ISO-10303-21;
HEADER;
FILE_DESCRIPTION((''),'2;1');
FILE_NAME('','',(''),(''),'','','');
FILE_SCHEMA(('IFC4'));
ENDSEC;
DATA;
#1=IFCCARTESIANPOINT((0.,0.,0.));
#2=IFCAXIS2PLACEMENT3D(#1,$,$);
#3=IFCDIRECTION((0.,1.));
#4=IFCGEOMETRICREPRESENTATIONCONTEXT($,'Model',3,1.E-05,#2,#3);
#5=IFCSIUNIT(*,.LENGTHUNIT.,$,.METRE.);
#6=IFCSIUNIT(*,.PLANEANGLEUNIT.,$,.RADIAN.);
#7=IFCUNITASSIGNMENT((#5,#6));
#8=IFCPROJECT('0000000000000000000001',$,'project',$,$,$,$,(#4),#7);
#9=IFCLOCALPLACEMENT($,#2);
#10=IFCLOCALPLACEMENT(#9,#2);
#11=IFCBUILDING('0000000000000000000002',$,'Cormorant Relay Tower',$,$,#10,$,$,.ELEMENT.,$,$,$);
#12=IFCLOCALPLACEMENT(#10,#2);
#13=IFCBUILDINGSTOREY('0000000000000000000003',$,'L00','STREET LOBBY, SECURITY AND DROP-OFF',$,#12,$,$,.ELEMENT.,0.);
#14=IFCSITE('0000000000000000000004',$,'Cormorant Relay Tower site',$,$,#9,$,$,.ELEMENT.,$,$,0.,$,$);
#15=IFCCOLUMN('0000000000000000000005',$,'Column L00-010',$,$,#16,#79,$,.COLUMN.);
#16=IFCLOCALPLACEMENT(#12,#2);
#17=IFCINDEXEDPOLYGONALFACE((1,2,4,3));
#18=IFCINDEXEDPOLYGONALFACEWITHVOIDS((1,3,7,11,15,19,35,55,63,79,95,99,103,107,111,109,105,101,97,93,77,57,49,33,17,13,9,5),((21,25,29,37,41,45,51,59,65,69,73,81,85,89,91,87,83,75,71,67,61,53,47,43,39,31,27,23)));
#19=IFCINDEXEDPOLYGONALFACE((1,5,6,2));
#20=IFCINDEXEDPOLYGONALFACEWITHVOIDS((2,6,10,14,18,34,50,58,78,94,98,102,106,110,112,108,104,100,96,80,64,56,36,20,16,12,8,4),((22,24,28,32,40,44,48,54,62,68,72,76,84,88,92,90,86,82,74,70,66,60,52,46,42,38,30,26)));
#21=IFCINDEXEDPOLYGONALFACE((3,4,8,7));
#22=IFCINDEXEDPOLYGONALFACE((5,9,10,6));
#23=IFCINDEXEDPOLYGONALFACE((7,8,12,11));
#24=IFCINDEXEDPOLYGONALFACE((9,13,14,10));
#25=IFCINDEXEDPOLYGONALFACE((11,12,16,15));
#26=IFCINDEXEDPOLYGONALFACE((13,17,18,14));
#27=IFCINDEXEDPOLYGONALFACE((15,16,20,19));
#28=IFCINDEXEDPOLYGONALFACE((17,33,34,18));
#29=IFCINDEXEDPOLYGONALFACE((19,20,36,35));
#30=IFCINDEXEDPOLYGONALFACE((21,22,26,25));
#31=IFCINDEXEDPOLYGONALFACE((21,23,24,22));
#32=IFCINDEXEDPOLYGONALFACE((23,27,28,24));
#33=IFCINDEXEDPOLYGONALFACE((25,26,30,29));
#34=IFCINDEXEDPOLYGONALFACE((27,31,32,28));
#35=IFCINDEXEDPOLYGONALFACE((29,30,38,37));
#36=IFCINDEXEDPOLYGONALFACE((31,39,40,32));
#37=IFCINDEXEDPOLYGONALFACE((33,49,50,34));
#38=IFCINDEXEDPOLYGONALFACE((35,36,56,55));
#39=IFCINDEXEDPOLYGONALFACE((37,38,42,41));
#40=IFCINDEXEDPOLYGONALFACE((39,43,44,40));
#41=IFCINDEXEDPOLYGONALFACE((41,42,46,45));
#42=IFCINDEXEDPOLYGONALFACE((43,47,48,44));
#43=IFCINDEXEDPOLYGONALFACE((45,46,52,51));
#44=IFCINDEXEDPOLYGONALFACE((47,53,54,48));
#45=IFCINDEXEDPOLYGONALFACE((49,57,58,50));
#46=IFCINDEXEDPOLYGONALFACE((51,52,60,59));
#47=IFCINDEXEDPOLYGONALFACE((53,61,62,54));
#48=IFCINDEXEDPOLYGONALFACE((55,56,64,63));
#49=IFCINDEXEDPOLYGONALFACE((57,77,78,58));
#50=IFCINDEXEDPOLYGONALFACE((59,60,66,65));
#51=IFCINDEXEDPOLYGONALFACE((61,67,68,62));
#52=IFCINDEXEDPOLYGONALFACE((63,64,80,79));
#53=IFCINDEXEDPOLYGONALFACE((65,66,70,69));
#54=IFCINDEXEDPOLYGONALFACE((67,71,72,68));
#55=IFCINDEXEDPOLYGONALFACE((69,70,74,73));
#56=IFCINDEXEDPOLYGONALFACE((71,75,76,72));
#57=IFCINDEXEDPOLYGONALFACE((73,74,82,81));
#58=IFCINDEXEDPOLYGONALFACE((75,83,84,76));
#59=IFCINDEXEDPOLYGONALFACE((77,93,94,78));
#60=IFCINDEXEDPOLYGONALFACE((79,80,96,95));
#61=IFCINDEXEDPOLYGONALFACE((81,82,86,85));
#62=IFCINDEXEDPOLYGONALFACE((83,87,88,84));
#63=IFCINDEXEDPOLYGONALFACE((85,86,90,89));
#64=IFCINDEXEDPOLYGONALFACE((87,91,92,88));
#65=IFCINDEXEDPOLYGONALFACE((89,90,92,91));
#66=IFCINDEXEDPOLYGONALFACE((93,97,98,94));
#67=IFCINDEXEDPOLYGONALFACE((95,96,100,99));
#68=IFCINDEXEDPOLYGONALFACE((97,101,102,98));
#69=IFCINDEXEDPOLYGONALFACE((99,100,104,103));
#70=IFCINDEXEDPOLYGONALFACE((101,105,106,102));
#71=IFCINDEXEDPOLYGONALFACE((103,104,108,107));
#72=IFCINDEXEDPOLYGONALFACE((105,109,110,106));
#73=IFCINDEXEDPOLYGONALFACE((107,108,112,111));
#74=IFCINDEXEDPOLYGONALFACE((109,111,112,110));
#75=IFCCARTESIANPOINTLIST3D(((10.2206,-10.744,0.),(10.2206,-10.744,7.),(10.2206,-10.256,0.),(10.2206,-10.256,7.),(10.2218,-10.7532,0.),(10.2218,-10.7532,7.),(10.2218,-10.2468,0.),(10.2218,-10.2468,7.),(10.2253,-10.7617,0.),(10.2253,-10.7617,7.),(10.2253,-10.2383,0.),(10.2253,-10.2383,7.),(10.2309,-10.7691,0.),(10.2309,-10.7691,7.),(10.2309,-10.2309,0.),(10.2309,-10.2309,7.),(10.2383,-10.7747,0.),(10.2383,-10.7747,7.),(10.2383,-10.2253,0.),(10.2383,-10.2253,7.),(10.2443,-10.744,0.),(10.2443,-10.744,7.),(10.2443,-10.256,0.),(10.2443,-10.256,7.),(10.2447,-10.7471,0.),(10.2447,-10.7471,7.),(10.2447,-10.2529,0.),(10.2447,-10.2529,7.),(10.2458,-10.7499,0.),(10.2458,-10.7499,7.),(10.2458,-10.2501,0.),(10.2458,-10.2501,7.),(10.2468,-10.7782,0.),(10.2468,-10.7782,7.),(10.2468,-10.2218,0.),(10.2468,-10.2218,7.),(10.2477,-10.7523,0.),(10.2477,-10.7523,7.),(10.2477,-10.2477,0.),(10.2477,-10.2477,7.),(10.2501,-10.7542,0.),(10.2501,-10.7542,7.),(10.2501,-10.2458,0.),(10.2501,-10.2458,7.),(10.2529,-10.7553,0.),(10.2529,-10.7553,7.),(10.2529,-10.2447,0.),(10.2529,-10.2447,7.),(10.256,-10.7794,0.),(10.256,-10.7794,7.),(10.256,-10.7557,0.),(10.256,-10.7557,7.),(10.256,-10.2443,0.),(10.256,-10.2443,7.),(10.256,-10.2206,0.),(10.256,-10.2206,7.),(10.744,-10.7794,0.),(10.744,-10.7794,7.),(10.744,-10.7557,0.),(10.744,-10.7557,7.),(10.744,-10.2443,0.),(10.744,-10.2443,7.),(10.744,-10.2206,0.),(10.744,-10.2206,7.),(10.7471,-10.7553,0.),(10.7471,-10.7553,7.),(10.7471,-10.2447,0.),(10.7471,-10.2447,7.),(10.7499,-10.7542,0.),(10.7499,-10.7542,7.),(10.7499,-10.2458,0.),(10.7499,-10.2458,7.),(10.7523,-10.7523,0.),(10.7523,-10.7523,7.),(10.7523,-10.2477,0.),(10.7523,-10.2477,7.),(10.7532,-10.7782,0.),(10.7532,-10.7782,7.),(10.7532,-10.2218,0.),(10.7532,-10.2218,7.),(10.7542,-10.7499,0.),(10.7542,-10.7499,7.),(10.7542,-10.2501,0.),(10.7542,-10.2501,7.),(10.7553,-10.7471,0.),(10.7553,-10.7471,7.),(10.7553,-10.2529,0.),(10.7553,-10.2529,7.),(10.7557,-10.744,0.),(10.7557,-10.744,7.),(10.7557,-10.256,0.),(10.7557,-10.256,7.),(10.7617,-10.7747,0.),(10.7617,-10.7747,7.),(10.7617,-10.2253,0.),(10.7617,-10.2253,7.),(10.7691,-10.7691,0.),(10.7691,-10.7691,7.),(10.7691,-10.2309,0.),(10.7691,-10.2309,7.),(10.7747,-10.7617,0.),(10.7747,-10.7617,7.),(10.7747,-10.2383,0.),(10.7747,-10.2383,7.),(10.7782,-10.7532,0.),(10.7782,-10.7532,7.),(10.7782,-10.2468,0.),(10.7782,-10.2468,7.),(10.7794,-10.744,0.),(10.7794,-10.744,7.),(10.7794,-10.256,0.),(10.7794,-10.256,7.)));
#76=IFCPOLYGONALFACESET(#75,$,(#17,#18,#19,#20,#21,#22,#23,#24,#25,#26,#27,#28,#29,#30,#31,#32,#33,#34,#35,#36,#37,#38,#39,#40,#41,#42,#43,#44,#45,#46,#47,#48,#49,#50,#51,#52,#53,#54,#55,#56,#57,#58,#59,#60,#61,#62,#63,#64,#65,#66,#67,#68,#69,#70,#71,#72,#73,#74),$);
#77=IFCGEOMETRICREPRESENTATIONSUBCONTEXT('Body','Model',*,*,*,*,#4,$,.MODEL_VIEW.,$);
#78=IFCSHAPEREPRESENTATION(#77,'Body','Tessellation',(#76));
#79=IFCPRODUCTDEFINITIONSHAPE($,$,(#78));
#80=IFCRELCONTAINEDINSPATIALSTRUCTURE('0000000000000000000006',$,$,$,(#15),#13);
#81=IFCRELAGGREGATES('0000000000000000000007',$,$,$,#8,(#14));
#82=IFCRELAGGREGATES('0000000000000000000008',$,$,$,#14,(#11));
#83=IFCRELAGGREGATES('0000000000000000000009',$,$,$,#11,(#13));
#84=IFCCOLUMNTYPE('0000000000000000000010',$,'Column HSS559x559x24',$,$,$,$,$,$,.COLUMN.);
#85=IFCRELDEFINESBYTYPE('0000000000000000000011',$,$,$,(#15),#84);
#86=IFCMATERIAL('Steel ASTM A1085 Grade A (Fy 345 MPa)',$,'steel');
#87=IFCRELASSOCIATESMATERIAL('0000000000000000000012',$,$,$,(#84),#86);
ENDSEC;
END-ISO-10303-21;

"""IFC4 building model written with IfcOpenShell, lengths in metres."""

from ifc_helpers import new_model, si_unit, direction, frame, origin, origin_2d, place, context, subcontext, project, spatial, hollow_rectangle, extrude, material, material_profile, profile_set, type_object, element, save


model = new_model("IFC4")

# Units and contexts
model_context = context("Model", 3, precision=1e-05, world=origin(), true_north=direction((0.0, 1.0)))
body_context = subcontext(model_context, "Body", "Model", "MODEL_VIEW")
ifc_project = project(units=[si_unit("LENGTHUNIT", "METRE"), si_unit("PLANEANGLEUNIT", "RADIAN")], contexts=[model_context])

# Site, building, storey
site_placement = place(None, origin())
site = spatial("IfcSite", under=ifc_project, at=site_placement, Name="Cormorant Relay Tower site", CompositionType="ELEMENT", RefElevation=0.0)
building_placement = place(site_placement, origin())
building = spatial("IfcBuilding", under=site, at=building_placement, Name="Cormorant Relay Tower", CompositionType="ELEMENT")
storey_placement = place(building_placement, origin())
storey = spatial("IfcBuildingStorey", under=building, at=storey_placement, Name="L00", Description="STREET LOBBY, SECURITY AND DROP-OFF", CompositionType="ELEMENT", Elevation=0.0)

# Column
ifc_material_1 = material(Name="Steel ASTM A1085 Grade A (Fy 345 MPa)", Category="steel")
ifc_material_profile = material_profile(ifc_material_1, hollow_rectangle(XDim=0.5588, YDim=0.5588, WallThickness=0.0237, InnerFilletRadius=0.0117, OuterFilletRadius=0.0354, at=origin_2d()), Name="HSS559x559x24")
ifc_profile_set = profile_set([ifc_material_profile], Name="Steel ASTM A1085 Grade A (Fy 345 MPa)")
column_type = type_object("IfcColumnType", Name="Column HSS559x559x24", PredefinedType="COLUMN", material=ifc_profile_set)
column_placement = place(storey_placement, frame((10.5, -10.5, 0.0), z_axis=(0.0, 0.0, 1.0), x_axis=(1.0, 0.0, 0.0)))
element("IfcColumn", 1, at=column_placement, inside=storey, type_object=column_type, Name="Column L00-010", PredefinedType="COLUMN", context=body_context, shape_type="SweptSolid", body=[
    extrude(hollow_rectangle(XDim=0.5588, YDim=0.5588, WallThickness=0.0237, InnerFilletRadius=0.0117, OuterFilletRadius=0.0354, at=origin_2d()), origin(), (0.0, 0.0, 1.0), 7.0),
])

save(model, "model.ifc")
